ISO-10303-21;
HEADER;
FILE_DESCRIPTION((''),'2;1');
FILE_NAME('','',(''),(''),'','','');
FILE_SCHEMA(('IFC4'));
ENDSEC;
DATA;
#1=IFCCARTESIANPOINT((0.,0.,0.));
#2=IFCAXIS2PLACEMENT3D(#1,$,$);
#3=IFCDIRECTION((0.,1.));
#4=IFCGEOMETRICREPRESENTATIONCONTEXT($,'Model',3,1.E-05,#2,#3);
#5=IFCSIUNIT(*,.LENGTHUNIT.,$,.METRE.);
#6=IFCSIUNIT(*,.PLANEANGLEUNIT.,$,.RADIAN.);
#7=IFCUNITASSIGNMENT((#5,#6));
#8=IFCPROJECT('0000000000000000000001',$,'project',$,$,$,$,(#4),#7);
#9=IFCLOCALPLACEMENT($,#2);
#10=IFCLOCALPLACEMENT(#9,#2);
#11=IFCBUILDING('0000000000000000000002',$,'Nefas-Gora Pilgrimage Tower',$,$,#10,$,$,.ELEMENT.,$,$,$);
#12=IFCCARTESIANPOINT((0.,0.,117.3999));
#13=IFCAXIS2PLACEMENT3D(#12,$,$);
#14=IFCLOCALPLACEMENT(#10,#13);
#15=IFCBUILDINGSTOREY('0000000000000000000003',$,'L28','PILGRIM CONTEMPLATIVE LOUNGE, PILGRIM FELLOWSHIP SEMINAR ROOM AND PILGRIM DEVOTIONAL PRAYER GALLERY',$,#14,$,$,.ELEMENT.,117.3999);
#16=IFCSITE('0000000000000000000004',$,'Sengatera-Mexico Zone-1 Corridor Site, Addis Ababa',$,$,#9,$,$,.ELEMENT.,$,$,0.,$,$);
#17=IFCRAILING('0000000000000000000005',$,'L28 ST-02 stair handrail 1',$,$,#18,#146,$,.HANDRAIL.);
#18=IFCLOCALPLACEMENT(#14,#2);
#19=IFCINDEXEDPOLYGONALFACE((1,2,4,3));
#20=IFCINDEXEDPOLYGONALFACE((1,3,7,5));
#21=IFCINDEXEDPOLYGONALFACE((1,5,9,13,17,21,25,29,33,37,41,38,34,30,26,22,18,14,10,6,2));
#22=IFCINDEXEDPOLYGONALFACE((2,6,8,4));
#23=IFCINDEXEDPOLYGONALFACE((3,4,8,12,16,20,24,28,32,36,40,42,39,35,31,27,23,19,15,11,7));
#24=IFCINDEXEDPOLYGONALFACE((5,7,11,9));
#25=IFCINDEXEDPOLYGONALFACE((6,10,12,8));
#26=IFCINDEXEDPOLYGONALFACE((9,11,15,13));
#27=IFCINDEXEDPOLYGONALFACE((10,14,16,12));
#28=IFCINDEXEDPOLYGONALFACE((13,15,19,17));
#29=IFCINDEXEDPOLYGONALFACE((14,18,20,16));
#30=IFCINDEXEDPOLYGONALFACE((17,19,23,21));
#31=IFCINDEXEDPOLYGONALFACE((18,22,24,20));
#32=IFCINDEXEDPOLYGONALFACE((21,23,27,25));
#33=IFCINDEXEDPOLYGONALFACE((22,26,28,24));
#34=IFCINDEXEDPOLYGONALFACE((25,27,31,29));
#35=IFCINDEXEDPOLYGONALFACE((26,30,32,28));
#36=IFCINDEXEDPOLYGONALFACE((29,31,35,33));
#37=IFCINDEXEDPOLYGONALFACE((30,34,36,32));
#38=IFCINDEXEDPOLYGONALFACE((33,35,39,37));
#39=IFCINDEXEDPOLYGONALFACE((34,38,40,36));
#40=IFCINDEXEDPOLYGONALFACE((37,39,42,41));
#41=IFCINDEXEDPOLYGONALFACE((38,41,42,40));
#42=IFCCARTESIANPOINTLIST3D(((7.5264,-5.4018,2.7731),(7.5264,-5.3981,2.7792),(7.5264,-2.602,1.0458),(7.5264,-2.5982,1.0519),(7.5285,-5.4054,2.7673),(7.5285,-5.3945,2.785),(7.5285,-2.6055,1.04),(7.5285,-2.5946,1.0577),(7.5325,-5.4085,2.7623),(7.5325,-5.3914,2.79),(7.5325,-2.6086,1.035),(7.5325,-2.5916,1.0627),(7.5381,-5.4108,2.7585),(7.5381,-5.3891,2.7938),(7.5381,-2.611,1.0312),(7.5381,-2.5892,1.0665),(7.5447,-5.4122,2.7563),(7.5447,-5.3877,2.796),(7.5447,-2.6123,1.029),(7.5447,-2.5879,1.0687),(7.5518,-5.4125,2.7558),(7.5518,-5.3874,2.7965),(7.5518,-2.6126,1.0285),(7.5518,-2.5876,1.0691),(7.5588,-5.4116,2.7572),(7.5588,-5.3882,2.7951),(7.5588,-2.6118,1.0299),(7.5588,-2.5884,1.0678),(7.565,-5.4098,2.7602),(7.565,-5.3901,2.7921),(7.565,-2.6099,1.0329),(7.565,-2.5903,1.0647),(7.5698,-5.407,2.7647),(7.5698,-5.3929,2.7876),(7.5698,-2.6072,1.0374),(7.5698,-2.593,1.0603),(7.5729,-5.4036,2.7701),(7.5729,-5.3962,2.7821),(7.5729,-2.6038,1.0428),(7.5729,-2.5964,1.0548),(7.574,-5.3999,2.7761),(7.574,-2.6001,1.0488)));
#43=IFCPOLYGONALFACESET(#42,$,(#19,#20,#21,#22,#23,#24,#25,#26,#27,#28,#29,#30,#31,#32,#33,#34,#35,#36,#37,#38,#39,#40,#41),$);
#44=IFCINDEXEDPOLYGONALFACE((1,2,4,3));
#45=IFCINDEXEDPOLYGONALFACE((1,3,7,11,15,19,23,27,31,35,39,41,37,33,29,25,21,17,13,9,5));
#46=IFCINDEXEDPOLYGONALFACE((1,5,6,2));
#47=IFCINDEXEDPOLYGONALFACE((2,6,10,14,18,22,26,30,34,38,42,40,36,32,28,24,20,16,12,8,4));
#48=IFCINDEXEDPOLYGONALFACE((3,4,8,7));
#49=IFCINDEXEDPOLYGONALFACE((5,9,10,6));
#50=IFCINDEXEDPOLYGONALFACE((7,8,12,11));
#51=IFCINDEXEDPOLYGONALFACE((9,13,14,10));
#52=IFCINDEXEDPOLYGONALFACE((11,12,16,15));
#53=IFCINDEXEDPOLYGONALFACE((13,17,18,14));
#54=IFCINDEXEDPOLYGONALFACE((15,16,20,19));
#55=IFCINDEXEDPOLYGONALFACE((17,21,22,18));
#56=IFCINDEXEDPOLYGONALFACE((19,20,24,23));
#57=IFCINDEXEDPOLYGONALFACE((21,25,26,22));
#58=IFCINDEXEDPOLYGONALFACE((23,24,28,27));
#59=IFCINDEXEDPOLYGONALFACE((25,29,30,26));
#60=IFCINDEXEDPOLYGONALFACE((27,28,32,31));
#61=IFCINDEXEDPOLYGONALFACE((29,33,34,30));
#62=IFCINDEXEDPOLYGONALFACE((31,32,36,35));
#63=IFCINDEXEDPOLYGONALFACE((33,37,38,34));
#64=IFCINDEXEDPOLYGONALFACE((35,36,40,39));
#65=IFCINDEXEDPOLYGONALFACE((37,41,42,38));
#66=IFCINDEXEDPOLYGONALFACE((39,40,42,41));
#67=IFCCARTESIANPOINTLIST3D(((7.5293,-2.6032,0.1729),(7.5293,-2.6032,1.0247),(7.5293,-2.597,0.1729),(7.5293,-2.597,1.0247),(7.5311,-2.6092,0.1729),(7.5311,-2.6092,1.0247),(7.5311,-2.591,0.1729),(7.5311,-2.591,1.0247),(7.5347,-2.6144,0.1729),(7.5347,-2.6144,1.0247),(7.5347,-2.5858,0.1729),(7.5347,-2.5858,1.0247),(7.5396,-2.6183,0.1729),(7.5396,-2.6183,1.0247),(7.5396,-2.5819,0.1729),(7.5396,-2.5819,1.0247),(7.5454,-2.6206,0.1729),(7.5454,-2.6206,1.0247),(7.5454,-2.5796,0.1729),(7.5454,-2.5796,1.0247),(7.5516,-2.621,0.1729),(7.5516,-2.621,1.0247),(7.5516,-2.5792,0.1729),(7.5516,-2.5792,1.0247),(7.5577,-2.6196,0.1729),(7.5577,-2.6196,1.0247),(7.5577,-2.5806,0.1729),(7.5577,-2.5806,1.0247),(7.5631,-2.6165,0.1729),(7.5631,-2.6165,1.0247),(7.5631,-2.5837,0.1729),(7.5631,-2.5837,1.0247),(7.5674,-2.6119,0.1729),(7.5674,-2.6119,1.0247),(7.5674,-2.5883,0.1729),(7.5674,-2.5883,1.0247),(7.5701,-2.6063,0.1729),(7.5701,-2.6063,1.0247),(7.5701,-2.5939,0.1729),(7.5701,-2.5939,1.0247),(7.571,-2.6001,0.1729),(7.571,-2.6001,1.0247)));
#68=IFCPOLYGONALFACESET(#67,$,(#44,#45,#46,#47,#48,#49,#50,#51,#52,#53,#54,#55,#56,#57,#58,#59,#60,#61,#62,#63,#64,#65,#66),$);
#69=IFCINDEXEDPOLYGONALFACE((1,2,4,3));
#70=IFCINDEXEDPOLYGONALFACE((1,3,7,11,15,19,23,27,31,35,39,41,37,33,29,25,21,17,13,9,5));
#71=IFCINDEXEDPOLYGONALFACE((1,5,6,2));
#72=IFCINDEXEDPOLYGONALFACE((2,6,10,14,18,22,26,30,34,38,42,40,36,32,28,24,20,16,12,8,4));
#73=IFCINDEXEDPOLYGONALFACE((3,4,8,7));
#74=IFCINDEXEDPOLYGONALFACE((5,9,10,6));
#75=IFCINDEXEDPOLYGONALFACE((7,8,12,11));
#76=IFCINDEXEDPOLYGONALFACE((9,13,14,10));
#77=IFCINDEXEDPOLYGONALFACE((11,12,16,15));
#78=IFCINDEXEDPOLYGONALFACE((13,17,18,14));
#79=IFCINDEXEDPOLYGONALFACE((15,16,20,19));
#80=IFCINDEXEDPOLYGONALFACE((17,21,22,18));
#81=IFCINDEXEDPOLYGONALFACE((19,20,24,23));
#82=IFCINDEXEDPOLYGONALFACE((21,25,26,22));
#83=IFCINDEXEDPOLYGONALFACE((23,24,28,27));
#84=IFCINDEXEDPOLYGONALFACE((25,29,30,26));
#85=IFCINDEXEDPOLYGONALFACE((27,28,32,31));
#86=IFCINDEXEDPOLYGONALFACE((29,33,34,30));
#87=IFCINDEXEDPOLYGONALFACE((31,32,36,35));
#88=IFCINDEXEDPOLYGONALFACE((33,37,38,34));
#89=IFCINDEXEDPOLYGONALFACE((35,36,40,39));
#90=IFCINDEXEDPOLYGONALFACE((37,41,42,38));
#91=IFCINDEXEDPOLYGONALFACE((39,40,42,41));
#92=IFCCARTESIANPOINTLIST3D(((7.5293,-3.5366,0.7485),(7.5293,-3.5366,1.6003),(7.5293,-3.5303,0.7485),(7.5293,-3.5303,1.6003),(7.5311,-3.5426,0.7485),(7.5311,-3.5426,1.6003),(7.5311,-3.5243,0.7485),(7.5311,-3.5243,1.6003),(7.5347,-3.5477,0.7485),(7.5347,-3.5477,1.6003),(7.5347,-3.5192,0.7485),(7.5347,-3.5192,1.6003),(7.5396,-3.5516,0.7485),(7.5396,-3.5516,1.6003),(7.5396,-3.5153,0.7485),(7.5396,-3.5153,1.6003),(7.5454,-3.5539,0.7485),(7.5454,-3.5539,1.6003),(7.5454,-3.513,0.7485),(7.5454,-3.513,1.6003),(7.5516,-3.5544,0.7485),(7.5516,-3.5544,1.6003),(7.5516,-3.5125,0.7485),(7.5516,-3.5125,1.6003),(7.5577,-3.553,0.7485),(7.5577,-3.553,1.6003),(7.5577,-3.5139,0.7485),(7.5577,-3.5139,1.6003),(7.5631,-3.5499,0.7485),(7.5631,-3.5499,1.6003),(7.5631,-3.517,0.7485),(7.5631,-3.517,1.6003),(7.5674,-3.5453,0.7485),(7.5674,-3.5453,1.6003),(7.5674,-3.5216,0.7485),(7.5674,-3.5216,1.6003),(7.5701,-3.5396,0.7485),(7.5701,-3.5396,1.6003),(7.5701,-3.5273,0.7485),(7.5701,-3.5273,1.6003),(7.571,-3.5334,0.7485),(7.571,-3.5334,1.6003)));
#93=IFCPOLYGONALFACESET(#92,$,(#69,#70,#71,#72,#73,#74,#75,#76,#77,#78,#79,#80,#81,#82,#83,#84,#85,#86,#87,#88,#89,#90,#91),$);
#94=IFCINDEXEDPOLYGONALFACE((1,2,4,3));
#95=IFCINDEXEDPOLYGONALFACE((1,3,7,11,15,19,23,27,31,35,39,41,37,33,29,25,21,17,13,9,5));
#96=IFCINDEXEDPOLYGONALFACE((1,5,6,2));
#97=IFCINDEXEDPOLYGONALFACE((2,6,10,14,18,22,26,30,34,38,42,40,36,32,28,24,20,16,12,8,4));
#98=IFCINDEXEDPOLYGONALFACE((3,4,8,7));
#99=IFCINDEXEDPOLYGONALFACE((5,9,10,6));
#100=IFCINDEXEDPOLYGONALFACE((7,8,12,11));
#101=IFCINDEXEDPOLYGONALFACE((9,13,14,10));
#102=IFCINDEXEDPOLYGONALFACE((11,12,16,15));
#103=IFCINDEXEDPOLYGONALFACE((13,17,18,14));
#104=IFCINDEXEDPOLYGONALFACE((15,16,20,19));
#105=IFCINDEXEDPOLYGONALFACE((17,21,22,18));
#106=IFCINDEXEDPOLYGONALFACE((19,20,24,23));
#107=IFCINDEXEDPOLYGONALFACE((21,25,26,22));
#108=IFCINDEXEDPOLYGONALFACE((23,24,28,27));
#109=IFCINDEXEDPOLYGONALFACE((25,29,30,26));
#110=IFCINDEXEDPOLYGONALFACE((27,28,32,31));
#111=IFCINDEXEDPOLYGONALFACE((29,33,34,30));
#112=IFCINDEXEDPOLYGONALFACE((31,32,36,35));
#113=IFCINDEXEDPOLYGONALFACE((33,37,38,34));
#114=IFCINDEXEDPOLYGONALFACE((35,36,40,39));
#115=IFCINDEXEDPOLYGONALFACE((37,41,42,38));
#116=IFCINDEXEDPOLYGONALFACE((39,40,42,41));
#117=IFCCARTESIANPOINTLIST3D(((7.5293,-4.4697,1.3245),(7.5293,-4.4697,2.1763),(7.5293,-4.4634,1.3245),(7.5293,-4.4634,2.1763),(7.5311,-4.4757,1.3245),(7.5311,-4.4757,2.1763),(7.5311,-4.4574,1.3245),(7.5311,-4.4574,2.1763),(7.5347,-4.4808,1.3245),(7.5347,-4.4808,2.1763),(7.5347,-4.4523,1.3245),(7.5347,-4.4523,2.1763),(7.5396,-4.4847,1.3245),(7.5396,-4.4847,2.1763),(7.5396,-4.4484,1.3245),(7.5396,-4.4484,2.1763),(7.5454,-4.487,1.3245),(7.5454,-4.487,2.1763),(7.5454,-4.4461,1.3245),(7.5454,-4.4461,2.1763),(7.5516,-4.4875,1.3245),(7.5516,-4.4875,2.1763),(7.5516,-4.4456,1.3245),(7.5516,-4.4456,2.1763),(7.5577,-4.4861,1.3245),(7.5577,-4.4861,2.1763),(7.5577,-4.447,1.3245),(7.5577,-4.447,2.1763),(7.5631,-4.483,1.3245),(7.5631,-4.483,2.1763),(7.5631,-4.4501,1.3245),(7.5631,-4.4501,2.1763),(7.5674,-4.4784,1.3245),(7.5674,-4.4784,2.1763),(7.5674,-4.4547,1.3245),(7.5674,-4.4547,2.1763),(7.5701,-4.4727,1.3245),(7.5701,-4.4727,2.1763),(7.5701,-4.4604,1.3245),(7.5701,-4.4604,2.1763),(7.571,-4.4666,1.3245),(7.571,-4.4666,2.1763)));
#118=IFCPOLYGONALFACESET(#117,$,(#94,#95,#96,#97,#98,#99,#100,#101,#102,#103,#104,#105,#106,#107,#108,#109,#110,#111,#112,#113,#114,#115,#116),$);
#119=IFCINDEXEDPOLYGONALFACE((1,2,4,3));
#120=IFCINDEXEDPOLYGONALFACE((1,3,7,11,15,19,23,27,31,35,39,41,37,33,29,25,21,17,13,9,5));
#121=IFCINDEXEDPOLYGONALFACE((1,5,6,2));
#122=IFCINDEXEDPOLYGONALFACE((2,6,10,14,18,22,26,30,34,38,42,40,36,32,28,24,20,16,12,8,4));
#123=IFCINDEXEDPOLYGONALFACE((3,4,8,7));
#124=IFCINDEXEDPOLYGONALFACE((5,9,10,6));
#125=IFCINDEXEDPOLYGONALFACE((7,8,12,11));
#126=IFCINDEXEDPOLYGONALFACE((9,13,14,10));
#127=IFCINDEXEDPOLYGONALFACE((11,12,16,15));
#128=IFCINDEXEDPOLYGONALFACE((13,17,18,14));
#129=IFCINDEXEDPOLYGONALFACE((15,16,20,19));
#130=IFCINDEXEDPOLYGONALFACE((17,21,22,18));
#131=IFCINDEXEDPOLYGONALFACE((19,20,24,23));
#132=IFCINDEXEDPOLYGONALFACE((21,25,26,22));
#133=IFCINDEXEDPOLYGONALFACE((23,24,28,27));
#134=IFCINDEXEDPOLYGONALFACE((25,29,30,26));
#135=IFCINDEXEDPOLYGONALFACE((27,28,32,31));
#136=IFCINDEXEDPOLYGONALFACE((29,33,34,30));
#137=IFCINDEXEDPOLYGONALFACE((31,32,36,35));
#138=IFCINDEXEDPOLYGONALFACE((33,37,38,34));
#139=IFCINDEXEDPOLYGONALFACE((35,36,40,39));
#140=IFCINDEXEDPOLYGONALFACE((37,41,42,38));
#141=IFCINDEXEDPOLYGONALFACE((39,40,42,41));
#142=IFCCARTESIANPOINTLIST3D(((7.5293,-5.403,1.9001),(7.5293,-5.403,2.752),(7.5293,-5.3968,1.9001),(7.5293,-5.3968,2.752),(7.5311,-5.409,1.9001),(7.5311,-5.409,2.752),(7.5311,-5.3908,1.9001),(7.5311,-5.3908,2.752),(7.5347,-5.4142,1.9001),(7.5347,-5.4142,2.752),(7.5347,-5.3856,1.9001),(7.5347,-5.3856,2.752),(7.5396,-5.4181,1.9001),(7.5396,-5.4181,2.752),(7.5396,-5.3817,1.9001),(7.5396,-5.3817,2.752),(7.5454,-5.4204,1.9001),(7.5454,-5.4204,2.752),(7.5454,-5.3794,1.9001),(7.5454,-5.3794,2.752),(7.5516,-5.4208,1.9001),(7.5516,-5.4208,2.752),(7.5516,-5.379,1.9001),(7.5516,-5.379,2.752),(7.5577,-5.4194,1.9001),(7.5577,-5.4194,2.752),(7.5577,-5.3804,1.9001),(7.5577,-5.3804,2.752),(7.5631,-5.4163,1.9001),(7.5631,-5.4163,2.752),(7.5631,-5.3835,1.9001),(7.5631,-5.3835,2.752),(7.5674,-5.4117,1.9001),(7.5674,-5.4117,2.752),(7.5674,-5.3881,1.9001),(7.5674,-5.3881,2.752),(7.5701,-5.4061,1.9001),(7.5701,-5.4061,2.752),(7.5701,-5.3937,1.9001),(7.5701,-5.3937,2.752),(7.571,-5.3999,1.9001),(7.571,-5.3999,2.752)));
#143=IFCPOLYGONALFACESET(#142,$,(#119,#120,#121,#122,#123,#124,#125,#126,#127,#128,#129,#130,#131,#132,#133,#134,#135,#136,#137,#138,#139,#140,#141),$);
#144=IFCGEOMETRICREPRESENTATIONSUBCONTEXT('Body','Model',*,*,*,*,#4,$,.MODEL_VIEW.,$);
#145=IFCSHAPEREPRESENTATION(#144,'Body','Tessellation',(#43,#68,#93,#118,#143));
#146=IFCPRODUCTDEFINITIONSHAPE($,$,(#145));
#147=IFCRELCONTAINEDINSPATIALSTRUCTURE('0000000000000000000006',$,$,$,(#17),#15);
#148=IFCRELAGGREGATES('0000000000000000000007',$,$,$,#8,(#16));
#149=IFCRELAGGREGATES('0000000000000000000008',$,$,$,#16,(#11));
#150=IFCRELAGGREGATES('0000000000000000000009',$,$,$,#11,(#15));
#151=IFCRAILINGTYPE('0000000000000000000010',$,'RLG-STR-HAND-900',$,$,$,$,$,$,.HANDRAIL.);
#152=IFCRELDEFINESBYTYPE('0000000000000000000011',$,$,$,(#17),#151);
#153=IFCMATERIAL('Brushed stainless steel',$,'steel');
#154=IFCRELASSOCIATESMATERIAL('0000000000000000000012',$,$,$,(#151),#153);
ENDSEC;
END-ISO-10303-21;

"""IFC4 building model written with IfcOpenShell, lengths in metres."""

from ifc_helpers import new_model, si_unit, direction, frame, origin, origin_2d, place, context, subcontext, project, spatial, circle, extrude, material, type_object, element, save


model = new_model("IFC4")

# Units and contexts
model_context = context("Model", 3, precision=1e-05, world=origin(), true_north=direction((0.0, 1.0)))
body_context = subcontext(model_context, "Body", "Model", "MODEL_VIEW")
ifc_project = project(units=[si_unit("LENGTHUNIT", "METRE"), si_unit("PLANEANGLEUNIT", "RADIAN")], contexts=[model_context])

# Site, building, storey
site_placement = place(None, origin())
site = spatial("IfcSite", under=ifc_project, at=site_placement, Name="Sengatera-Mexico Zone-1 Corridor Site, Addis Ababa", CompositionType="ELEMENT", RefElevation=0.0)
building_placement = place(site_placement, origin())
building = spatial("IfcBuilding", under=site, at=building_placement, Name="Nefas-Gora Pilgrimage Tower", CompositionType="ELEMENT")
storey_placement = place(building_placement, frame((0.0, 0.0, 117.3999)))
storey = spatial("IfcBuildingStorey", under=building, at=storey_placement, Name="L28", Description="PILGRIM CONTEMPLATIVE LOUNGE, PILGRIM FELLOWSHIP SEMINAR ROOM AND PILGRIM DEVOTIONAL PRAYER GALLERY", CompositionType="ELEMENT", Elevation=117.3999)

# Railing
ifc_material_1 = material(Name="Brushed stainless steel", Category="steel")
railing_type_1 = type_object("IfcRailingType", Name="RLG-STR-HAND-900", PredefinedType="HANDRAIL", material=ifc_material_1)
railing_1_placement = place(storey_placement, frame((7.55, -2.6001, 0.1729)))
element("IfcRailing", 1, at=railing_1_placement, inside=storey, type_object=railing_type_1, Name="L28 ST-02 stair handrail 1", PredefinedType="HANDRAIL", context=body_context, shape_type="SweptSolid", body=[
    extrude(circle(Radius=0.0239, at=origin_2d()), frame((0.0, 0.0, 0.876), z_axis=(0.0, -0.851069, 0.525054), x_axis=(1.0, 0.0, 0.0)), (0.0, 0.0, 1.0), 3.2898),
    extrude(circle(Radius=0.021, at=origin_2d()), origin(), (0.0, 0.0, 1.0), 0.8518),
    extrude(circle(Radius=0.021, at=origin_2d()), frame((0.0, -0.9333, 0.5757)), (0.0, 0.0, 1.0), 0.8518),
    extrude(circle(Radius=0.021, at=origin_2d()), frame((0.0, -1.8665, 1.1516)), (0.0, 0.0, 1.0), 0.8518),
    extrude(circle(Radius=0.021, at=origin_2d()), frame((0.0, -2.7998, 1.7273)), (0.0, 0.0, 1.0), 0.8518),
])

save(model, "model.ifc")
